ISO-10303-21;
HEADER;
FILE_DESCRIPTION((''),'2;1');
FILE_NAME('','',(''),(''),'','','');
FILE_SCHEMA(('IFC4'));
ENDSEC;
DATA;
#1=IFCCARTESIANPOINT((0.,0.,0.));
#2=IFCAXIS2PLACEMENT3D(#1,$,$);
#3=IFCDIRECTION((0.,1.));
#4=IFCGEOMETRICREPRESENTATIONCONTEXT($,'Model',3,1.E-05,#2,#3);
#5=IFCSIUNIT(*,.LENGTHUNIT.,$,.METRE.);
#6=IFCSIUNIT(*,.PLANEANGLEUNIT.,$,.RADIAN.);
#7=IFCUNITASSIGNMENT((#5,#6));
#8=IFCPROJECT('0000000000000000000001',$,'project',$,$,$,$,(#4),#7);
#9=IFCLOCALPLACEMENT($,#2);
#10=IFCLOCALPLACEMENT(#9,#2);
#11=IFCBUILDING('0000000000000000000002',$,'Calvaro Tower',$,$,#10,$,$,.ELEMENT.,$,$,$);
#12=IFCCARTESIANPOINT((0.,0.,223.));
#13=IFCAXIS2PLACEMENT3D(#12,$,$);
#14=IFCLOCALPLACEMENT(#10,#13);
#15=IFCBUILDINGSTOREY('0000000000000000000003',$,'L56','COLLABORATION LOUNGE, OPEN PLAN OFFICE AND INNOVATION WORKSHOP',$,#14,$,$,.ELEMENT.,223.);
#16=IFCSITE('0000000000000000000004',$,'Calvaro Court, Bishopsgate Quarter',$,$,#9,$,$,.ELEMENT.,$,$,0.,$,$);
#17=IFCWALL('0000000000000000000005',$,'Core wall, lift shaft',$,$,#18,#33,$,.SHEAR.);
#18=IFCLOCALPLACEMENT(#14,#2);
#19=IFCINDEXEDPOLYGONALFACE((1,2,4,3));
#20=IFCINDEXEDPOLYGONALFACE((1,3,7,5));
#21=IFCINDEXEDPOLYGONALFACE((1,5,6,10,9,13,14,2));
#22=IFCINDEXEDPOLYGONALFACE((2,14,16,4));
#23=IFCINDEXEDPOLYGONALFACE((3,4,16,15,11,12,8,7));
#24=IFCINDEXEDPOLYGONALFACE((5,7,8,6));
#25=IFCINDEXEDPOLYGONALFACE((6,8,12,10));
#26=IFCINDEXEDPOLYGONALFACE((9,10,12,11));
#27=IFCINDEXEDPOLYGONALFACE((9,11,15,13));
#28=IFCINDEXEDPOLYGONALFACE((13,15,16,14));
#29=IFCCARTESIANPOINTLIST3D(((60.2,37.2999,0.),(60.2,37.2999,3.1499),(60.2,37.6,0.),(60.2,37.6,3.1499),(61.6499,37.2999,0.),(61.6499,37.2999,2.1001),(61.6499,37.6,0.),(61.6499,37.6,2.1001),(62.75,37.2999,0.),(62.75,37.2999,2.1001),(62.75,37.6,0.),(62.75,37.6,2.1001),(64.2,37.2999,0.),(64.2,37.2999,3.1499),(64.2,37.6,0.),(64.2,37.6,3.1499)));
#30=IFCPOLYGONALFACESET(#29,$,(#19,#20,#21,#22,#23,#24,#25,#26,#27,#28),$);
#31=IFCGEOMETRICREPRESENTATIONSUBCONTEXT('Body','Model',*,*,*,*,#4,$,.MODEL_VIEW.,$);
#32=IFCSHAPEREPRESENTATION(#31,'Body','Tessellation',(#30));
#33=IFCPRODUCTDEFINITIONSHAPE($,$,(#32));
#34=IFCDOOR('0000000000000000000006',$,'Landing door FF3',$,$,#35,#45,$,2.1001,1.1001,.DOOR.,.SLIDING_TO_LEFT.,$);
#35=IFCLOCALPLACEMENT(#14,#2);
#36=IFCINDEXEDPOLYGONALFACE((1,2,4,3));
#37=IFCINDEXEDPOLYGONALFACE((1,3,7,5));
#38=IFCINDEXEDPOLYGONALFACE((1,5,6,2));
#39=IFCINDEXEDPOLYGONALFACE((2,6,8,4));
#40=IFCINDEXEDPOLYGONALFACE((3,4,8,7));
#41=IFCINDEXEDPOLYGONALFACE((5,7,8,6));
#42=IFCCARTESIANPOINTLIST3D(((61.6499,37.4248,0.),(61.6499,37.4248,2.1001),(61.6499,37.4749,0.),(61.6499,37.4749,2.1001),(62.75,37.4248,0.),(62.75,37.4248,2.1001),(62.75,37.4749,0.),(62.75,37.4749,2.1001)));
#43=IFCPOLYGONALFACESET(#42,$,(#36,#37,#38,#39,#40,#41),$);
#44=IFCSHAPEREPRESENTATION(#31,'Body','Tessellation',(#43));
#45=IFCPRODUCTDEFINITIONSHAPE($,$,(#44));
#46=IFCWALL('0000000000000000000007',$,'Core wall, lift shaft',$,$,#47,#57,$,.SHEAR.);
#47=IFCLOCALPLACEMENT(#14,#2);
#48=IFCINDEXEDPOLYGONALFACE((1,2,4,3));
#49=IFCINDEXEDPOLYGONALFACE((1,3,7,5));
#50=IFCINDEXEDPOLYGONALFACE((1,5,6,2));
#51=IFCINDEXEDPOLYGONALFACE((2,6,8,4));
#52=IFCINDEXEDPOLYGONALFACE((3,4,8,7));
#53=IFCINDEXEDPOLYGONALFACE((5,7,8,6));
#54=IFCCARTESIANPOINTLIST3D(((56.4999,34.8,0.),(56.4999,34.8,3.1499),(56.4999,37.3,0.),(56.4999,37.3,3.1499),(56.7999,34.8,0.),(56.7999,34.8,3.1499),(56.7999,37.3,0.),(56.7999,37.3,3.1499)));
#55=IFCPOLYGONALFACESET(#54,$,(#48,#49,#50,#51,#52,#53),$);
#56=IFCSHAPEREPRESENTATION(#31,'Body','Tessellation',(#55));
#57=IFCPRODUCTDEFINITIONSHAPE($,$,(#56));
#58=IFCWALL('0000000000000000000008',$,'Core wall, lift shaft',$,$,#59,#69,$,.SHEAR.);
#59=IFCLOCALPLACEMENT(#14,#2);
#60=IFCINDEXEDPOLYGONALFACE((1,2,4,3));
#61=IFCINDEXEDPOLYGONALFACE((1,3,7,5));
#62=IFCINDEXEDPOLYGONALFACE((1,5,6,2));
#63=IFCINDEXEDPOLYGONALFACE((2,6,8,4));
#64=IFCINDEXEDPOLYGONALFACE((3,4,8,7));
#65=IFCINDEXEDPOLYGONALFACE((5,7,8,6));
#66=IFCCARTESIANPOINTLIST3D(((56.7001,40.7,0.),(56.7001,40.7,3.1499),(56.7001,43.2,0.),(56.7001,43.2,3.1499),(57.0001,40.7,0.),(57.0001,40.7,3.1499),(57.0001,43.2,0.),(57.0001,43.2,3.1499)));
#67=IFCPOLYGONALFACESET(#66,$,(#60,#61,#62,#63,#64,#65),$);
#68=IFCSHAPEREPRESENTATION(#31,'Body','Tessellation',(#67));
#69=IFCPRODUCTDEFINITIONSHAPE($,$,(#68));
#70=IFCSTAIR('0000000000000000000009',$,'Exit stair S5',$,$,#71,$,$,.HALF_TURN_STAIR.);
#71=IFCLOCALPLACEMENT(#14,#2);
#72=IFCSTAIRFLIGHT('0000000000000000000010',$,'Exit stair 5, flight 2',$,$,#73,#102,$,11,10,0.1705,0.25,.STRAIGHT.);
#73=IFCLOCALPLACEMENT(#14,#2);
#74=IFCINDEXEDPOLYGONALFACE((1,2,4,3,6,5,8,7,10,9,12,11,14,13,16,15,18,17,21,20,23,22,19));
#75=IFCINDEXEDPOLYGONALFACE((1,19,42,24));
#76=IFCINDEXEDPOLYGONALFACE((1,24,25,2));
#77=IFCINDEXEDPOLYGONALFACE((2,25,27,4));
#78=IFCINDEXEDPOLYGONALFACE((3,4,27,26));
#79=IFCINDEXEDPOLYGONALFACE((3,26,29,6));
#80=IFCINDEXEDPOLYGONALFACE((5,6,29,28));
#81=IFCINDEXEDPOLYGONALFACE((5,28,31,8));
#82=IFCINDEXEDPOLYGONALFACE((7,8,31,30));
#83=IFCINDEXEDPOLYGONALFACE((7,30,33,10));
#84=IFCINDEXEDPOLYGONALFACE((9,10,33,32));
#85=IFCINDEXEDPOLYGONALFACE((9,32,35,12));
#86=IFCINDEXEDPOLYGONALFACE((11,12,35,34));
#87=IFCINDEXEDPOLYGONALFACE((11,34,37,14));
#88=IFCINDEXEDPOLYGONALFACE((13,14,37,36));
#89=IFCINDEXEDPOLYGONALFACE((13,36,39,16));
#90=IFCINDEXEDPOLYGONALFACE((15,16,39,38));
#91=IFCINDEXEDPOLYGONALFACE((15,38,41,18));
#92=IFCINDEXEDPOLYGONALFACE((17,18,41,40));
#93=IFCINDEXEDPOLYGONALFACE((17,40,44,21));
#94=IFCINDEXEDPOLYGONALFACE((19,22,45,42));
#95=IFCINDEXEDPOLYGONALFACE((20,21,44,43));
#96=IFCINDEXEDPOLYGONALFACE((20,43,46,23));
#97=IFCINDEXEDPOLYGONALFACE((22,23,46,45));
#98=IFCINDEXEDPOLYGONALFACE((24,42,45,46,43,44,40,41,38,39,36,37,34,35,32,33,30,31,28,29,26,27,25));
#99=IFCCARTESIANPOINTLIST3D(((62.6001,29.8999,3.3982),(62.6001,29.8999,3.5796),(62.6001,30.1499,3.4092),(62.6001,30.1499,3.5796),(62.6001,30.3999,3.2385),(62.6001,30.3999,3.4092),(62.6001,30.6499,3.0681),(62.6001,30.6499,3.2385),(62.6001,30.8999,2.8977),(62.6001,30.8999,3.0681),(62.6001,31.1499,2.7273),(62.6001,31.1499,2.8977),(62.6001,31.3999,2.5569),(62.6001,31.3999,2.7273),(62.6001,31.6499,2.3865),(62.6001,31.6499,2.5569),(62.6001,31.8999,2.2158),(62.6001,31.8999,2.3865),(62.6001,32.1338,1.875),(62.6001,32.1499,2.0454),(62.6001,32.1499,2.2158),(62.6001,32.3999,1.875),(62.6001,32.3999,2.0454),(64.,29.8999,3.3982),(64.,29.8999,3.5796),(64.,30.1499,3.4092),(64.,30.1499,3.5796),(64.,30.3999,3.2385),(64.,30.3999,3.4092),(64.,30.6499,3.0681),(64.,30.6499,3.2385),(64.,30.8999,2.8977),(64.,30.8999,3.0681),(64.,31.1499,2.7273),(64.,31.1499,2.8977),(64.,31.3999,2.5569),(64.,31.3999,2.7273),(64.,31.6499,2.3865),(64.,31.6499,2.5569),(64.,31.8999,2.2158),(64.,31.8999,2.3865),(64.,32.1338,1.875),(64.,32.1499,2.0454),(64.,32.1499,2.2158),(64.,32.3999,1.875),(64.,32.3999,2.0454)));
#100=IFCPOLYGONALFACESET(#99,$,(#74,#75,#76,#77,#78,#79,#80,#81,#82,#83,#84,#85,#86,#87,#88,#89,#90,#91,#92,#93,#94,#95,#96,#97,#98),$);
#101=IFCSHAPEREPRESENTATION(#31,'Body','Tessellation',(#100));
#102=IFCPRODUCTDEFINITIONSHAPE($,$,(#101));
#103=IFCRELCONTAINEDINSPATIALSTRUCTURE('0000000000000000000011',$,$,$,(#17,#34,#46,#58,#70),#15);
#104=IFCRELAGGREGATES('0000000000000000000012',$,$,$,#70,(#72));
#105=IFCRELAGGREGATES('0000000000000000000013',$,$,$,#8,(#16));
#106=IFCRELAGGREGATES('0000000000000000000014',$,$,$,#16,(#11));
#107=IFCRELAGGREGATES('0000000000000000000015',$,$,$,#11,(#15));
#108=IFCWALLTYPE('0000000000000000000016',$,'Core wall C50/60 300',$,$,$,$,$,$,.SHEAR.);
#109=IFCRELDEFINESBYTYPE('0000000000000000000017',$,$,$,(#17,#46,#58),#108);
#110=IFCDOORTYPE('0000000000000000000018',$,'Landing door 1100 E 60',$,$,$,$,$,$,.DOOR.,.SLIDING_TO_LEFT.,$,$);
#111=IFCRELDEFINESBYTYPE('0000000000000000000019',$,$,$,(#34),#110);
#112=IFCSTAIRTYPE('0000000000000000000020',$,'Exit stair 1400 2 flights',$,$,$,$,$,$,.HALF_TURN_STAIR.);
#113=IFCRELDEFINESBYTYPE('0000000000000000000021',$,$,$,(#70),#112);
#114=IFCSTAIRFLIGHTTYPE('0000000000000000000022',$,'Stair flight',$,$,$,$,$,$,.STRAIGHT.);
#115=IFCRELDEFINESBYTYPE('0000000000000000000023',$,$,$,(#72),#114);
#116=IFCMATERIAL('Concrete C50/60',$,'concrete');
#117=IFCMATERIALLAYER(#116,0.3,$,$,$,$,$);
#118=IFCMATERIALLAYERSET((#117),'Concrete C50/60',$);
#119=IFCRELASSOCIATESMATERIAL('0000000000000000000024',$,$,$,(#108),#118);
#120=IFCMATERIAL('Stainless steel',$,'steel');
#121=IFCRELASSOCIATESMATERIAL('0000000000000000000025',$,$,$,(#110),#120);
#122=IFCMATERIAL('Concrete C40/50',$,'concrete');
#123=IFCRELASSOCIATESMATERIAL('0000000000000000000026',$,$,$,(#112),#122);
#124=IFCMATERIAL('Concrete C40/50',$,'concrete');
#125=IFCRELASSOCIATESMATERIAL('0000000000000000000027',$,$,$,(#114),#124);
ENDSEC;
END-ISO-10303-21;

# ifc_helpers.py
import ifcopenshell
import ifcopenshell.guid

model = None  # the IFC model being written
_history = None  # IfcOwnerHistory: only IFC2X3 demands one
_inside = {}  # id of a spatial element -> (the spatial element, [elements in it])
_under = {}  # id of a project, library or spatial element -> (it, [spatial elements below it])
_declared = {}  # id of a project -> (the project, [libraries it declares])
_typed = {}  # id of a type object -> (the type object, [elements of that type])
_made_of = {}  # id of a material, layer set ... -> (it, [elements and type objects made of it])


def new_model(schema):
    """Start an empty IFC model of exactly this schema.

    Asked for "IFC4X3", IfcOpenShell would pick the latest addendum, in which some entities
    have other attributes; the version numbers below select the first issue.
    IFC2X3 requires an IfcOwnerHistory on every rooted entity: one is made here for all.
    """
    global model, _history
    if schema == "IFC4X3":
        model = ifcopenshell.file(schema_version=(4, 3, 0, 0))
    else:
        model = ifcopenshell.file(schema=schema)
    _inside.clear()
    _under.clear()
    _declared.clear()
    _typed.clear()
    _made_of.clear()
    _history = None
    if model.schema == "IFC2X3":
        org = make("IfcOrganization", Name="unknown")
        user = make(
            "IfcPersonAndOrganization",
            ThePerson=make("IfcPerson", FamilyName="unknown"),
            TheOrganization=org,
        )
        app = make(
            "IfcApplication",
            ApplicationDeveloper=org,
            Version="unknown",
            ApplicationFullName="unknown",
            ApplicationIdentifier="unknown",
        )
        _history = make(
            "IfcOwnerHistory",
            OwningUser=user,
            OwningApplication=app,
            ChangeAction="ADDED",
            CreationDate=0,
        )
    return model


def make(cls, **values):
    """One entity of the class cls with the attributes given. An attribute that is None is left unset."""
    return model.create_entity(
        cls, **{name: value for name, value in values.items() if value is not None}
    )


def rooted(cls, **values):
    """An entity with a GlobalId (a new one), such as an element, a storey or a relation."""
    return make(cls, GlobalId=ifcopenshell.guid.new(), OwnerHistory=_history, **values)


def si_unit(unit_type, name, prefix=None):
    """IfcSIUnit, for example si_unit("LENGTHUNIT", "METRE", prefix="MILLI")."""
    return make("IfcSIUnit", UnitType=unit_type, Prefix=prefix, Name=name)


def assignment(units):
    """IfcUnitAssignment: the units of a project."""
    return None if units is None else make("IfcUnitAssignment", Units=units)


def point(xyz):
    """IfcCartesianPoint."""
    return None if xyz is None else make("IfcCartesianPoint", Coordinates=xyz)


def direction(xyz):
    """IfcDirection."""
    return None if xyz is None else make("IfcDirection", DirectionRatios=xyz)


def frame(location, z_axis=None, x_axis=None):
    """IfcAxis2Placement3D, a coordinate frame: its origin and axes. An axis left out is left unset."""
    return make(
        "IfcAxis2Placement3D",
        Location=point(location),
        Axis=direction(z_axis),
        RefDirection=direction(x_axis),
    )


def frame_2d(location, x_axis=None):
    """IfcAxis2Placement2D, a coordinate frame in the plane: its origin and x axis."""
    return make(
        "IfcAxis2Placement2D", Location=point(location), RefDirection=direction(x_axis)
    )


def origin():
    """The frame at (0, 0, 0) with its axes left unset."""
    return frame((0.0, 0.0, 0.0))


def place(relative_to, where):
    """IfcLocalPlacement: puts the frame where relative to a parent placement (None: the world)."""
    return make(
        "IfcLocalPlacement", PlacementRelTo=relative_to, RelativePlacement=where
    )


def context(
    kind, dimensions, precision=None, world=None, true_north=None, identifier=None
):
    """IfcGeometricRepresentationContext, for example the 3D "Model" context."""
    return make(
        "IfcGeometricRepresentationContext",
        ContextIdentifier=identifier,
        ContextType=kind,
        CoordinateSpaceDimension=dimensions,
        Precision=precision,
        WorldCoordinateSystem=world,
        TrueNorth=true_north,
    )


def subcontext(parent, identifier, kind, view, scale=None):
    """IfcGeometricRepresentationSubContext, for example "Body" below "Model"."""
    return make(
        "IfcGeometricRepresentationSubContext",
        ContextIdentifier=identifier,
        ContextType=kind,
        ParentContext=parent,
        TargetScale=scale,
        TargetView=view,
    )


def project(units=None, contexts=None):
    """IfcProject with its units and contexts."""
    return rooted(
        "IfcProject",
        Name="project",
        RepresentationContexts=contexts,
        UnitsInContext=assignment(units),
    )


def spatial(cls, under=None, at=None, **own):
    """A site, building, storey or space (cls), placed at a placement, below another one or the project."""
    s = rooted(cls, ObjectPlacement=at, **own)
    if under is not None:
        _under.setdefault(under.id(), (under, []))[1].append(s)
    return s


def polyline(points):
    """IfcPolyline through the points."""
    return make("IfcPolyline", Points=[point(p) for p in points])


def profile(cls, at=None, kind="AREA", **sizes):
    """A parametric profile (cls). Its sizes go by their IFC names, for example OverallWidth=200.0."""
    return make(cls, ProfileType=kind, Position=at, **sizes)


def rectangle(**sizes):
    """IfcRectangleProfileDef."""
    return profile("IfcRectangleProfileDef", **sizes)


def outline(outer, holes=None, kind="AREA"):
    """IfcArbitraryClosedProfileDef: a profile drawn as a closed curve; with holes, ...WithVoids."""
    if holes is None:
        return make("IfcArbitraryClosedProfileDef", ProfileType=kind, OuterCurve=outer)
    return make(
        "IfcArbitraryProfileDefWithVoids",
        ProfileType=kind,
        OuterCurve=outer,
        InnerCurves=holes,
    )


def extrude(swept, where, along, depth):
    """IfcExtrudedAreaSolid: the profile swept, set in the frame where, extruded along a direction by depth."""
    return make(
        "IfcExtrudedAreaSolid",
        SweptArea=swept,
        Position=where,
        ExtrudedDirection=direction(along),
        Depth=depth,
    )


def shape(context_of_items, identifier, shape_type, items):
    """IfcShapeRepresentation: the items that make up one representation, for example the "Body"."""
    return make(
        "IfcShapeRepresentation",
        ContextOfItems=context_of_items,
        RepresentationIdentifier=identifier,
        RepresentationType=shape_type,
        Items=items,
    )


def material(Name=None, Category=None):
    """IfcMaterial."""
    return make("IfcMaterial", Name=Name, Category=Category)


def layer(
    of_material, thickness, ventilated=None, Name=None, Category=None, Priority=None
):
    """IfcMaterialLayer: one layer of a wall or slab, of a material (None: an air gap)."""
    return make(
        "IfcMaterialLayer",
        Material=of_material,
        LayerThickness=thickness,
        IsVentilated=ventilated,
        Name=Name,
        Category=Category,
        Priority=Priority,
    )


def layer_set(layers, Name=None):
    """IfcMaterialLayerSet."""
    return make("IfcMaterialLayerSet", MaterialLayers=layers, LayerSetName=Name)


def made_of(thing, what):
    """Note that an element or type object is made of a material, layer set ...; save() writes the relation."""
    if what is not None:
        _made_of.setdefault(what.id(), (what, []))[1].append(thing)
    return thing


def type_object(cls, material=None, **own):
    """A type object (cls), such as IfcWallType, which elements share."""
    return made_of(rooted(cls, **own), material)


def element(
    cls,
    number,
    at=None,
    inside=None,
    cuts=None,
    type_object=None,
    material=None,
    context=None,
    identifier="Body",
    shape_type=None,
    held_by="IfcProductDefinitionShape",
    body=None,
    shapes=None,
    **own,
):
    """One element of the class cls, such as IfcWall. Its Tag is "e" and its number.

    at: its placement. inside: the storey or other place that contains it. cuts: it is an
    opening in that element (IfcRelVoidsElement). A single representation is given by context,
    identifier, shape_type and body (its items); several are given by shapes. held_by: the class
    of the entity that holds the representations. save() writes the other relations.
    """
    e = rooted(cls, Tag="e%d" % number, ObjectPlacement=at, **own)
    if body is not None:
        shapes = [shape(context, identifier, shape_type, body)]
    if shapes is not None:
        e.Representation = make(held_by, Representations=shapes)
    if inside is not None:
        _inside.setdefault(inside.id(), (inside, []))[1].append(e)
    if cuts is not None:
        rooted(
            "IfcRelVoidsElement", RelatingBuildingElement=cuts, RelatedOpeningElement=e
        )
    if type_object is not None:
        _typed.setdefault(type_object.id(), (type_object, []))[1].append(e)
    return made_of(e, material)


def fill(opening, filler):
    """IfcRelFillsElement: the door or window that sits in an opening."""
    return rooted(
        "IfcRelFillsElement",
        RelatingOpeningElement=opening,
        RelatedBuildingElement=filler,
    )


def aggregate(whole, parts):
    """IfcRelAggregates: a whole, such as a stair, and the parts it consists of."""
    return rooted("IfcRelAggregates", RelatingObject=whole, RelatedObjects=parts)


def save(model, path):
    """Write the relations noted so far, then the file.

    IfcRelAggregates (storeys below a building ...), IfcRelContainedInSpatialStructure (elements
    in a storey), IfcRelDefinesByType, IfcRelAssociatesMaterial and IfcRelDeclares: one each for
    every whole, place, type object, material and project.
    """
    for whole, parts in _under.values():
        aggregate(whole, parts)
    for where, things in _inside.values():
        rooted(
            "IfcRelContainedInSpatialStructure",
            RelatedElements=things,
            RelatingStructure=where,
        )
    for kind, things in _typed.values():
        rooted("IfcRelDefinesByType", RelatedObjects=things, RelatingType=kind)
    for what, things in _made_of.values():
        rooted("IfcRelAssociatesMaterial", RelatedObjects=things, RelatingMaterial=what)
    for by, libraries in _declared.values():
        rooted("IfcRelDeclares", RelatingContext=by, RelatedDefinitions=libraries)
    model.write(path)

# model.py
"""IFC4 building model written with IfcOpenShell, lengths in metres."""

from ifc_helpers import new_model, si_unit, direction, frame, frame_2d, origin, place, context, subcontext, project, spatial, polyline, rectangle, outline, extrude, material, layer, layer_set, type_object, element, fill, aggregate, save


model = new_model("IFC4")

# Units and contexts
model_context = context("Model", 3, precision=1e-05, world=origin(), true_north=direction((0.0, 1.0)))
body_context = subcontext(model_context, "Body", "Model", "MODEL_VIEW")
ifc_project = project(units=[si_unit("LENGTHUNIT", "METRE"), si_unit("PLANEANGLEUNIT", "RADIAN")], contexts=[model_context])

# Site, building, storey
site_placement = place(None, origin())
site = spatial("IfcSite", under=ifc_project, at=site_placement, Name="Calvaro Court, Bishopsgate Quarter", CompositionType="ELEMENT", RefElevation=0.0)
building_placement = place(site_placement, origin())
building = spatial("IfcBuilding", under=site, at=building_placement, Name="Calvaro Tower", CompositionType="ELEMENT")
storey_placement = place(building_placement, frame((0.0, 0.0, 223.0)))
storey = spatial("IfcBuildingStorey", under=building, at=storey_placement, Name="L56", Description="COLLABORATION LOUNGE, OPEN PLAN OFFICE AND INNOVATION WORKSHOP", CompositionType="ELEMENT", Elevation=223.0)

# Shared definitions
ifc_material_1 = material(Name="Concrete C50/60", Category="concrete")
ifc_layer_1 = layer(ifc_material_1, 0.3)
ifc_layer_set_1 = layer_set([ifc_layer_1], Name="Concrete C50/60")
wall_type_1 = type_object("IfcWallType", Name="Core wall C50/60 300", PredefinedType="SHEAR", material=ifc_layer_set_1)

# Wall, opening, door
wall_1_placement = place(storey_placement, frame((60.2, 37.45, 0.0), z_axis=(0.0, 0.0, 1.0), x_axis=(1.0, 0.0, 0.0)))
wall_1 = element("IfcWall", 1, at=wall_1_placement, inside=storey, type_object=wall_type_1, Name="Core wall, lift shaft", PredefinedType="SHEAR", context=body_context, shape_type="SweptSolid", body=[
    extrude(rectangle(XDim=4.0, YDim=0.3, at=frame_2d((2.0, 0.0))), origin(), (0.0, 0.0, 1.0), 3.1499),
])
opening_1_placement = place(wall_1_placement, frame((1.45, 0.0, 0.0)))
opening_1 = element("IfcOpeningElement", 2, at=opening_1_placement, cuts=wall_1, PredefinedType="OPENING", context=body_context, shape_type="SweptSolid", body=[
    extrude(rectangle(XDim=1.1001, YDim=2.1001, at=frame_2d((0.55, 1.05))), frame((0.0, 0.1599, 0.0), z_axis=(0.0, -1.0, 0.0), x_axis=(1.0, 0.0, 0.0)), (0.0, 0.0, 1.0), 0.3201),
])
ifc_material_2 = material(Name="Stainless steel", Category="steel")
door_type_1 = type_object("IfcDoorType", Name="Landing door 1100 E 60", OperationType="SLIDING_TO_LEFT", PredefinedType="DOOR", material=ifc_material_2)
door_1_placement = place(opening_1_placement, origin())
door_1 = element("IfcDoor", 3, at=door_1_placement, inside=storey, type_object=door_type_1, Name="Landing door FF3", OperationType="SLIDING_TO_LEFT", OverallHeight=2.1001, OverallWidth=1.1001, PredefinedType="DOOR", context=body_context, shape_type="SweptSolid", body=[
    extrude(rectangle(XDim=1.1001, YDim=2.1001, at=frame_2d((0.55, 1.05))), frame((0.0, 0.0249, 0.0), z_axis=(0.0, -1.0, 0.0), x_axis=(1.0, 0.0, 0.0)), (0.0, 0.0, 1.0), 0.05),
])
fill(opening_1, door_1)

# Walls
for number, where, z_axis, x_axis, name in (
    (4, (56.6499, 34.8, 0.0), (0.0, 0.0, 1.0), (0.0, 1.0, 0.0), "Core wall, lift shaft"),
    (5, (56.8501, 40.7, 0.0), (0.0, 0.0, 1.0), (0.0, 1.0, 0.0), "Core wall, lift shaft"),
):
    element("IfcWall", number, at=place(storey_placement, frame(where, z_axis=z_axis, x_axis=x_axis)), inside=storey, type_object=wall_type_1, Name=name, PredefinedType="SHEAR", context=body_context, shape_type="SweptSolid", body=[
        extrude(rectangle(XDim=2.5, YDim=0.3, at=frame_2d((1.25, 0.0))), origin(), (0.0, 0.0, 1.0), 3.1499),
    ])

# Stair, stair flight
ifc_material_3 = material(Name="Concrete C40/50", Category="concrete")
stair_type = type_object("IfcStairType", Name="Exit stair 1400 2 flights", PredefinedType="HALF_TURN_STAIR", material=ifc_material_3)
stair_placement = place(storey_placement, origin())
stair = element("IfcStair", 6, at=stair_placement, inside=storey, type_object=stair_type, Name="Exit stair S5", PredefinedType="HALF_TURN_STAIR")
ifc_material_4 = material(Name="Concrete C40/50", Category="concrete")
stair_flight_type = type_object("IfcStairFlightType", Name="Stair flight", PredefinedType="STRAIGHT", material=ifc_material_4)
stair_flight_placement = place(storey_placement, frame((63.3, 32.3999, 1.875), z_axis=(0.0, 0.0, 1.0), x_axis=(0.0, -1.0, 0.0)))
stair_flight = element("IfcStairFlight", 7, at=stair_flight_placement, type_object=stair_flight_type, Name="Exit stair 5, flight 2", NumberOfRisers=11, NumberOfTreads=10, PredefinedType="STRAIGHT", RiserHeight=0.1705, TreadLength=0.25, context=body_context, shape_type="SweptSolid", body=[
    extrude(outline(polyline([(0.0, 0.0), (0.0, 0.1704), (0.25, 0.1704), (0.25, 0.3408), (0.5, 0.3408), (0.5, 0.5115), (0.75, 0.5115), (0.75, 0.6819), (1.0, 0.6819), (1.0, 0.8523), (1.25, 0.8523), (1.25, 1.0227), (1.5, 1.0227), (1.5, 1.1931), (1.75, 1.1931), (1.75, 1.3635), (2.0, 1.3635), (2.0, 1.5342), (2.25, 1.5342), (2.25, 1.7046), (2.5, 1.7046), (2.5, 1.875), (2.5, 1.5232), (0.2661, 0.0), (0.0, 0.0)])), frame((0.0, 0.7, 0.0), z_axis=(0.0, -1.0, 0.0), x_axis=(1.0, 0.0, 0.0)), (0.0, 0.0, 1.0), 1.3999),
])
aggregate(stair, [stair_flight])

save(model, "model.ifc")
